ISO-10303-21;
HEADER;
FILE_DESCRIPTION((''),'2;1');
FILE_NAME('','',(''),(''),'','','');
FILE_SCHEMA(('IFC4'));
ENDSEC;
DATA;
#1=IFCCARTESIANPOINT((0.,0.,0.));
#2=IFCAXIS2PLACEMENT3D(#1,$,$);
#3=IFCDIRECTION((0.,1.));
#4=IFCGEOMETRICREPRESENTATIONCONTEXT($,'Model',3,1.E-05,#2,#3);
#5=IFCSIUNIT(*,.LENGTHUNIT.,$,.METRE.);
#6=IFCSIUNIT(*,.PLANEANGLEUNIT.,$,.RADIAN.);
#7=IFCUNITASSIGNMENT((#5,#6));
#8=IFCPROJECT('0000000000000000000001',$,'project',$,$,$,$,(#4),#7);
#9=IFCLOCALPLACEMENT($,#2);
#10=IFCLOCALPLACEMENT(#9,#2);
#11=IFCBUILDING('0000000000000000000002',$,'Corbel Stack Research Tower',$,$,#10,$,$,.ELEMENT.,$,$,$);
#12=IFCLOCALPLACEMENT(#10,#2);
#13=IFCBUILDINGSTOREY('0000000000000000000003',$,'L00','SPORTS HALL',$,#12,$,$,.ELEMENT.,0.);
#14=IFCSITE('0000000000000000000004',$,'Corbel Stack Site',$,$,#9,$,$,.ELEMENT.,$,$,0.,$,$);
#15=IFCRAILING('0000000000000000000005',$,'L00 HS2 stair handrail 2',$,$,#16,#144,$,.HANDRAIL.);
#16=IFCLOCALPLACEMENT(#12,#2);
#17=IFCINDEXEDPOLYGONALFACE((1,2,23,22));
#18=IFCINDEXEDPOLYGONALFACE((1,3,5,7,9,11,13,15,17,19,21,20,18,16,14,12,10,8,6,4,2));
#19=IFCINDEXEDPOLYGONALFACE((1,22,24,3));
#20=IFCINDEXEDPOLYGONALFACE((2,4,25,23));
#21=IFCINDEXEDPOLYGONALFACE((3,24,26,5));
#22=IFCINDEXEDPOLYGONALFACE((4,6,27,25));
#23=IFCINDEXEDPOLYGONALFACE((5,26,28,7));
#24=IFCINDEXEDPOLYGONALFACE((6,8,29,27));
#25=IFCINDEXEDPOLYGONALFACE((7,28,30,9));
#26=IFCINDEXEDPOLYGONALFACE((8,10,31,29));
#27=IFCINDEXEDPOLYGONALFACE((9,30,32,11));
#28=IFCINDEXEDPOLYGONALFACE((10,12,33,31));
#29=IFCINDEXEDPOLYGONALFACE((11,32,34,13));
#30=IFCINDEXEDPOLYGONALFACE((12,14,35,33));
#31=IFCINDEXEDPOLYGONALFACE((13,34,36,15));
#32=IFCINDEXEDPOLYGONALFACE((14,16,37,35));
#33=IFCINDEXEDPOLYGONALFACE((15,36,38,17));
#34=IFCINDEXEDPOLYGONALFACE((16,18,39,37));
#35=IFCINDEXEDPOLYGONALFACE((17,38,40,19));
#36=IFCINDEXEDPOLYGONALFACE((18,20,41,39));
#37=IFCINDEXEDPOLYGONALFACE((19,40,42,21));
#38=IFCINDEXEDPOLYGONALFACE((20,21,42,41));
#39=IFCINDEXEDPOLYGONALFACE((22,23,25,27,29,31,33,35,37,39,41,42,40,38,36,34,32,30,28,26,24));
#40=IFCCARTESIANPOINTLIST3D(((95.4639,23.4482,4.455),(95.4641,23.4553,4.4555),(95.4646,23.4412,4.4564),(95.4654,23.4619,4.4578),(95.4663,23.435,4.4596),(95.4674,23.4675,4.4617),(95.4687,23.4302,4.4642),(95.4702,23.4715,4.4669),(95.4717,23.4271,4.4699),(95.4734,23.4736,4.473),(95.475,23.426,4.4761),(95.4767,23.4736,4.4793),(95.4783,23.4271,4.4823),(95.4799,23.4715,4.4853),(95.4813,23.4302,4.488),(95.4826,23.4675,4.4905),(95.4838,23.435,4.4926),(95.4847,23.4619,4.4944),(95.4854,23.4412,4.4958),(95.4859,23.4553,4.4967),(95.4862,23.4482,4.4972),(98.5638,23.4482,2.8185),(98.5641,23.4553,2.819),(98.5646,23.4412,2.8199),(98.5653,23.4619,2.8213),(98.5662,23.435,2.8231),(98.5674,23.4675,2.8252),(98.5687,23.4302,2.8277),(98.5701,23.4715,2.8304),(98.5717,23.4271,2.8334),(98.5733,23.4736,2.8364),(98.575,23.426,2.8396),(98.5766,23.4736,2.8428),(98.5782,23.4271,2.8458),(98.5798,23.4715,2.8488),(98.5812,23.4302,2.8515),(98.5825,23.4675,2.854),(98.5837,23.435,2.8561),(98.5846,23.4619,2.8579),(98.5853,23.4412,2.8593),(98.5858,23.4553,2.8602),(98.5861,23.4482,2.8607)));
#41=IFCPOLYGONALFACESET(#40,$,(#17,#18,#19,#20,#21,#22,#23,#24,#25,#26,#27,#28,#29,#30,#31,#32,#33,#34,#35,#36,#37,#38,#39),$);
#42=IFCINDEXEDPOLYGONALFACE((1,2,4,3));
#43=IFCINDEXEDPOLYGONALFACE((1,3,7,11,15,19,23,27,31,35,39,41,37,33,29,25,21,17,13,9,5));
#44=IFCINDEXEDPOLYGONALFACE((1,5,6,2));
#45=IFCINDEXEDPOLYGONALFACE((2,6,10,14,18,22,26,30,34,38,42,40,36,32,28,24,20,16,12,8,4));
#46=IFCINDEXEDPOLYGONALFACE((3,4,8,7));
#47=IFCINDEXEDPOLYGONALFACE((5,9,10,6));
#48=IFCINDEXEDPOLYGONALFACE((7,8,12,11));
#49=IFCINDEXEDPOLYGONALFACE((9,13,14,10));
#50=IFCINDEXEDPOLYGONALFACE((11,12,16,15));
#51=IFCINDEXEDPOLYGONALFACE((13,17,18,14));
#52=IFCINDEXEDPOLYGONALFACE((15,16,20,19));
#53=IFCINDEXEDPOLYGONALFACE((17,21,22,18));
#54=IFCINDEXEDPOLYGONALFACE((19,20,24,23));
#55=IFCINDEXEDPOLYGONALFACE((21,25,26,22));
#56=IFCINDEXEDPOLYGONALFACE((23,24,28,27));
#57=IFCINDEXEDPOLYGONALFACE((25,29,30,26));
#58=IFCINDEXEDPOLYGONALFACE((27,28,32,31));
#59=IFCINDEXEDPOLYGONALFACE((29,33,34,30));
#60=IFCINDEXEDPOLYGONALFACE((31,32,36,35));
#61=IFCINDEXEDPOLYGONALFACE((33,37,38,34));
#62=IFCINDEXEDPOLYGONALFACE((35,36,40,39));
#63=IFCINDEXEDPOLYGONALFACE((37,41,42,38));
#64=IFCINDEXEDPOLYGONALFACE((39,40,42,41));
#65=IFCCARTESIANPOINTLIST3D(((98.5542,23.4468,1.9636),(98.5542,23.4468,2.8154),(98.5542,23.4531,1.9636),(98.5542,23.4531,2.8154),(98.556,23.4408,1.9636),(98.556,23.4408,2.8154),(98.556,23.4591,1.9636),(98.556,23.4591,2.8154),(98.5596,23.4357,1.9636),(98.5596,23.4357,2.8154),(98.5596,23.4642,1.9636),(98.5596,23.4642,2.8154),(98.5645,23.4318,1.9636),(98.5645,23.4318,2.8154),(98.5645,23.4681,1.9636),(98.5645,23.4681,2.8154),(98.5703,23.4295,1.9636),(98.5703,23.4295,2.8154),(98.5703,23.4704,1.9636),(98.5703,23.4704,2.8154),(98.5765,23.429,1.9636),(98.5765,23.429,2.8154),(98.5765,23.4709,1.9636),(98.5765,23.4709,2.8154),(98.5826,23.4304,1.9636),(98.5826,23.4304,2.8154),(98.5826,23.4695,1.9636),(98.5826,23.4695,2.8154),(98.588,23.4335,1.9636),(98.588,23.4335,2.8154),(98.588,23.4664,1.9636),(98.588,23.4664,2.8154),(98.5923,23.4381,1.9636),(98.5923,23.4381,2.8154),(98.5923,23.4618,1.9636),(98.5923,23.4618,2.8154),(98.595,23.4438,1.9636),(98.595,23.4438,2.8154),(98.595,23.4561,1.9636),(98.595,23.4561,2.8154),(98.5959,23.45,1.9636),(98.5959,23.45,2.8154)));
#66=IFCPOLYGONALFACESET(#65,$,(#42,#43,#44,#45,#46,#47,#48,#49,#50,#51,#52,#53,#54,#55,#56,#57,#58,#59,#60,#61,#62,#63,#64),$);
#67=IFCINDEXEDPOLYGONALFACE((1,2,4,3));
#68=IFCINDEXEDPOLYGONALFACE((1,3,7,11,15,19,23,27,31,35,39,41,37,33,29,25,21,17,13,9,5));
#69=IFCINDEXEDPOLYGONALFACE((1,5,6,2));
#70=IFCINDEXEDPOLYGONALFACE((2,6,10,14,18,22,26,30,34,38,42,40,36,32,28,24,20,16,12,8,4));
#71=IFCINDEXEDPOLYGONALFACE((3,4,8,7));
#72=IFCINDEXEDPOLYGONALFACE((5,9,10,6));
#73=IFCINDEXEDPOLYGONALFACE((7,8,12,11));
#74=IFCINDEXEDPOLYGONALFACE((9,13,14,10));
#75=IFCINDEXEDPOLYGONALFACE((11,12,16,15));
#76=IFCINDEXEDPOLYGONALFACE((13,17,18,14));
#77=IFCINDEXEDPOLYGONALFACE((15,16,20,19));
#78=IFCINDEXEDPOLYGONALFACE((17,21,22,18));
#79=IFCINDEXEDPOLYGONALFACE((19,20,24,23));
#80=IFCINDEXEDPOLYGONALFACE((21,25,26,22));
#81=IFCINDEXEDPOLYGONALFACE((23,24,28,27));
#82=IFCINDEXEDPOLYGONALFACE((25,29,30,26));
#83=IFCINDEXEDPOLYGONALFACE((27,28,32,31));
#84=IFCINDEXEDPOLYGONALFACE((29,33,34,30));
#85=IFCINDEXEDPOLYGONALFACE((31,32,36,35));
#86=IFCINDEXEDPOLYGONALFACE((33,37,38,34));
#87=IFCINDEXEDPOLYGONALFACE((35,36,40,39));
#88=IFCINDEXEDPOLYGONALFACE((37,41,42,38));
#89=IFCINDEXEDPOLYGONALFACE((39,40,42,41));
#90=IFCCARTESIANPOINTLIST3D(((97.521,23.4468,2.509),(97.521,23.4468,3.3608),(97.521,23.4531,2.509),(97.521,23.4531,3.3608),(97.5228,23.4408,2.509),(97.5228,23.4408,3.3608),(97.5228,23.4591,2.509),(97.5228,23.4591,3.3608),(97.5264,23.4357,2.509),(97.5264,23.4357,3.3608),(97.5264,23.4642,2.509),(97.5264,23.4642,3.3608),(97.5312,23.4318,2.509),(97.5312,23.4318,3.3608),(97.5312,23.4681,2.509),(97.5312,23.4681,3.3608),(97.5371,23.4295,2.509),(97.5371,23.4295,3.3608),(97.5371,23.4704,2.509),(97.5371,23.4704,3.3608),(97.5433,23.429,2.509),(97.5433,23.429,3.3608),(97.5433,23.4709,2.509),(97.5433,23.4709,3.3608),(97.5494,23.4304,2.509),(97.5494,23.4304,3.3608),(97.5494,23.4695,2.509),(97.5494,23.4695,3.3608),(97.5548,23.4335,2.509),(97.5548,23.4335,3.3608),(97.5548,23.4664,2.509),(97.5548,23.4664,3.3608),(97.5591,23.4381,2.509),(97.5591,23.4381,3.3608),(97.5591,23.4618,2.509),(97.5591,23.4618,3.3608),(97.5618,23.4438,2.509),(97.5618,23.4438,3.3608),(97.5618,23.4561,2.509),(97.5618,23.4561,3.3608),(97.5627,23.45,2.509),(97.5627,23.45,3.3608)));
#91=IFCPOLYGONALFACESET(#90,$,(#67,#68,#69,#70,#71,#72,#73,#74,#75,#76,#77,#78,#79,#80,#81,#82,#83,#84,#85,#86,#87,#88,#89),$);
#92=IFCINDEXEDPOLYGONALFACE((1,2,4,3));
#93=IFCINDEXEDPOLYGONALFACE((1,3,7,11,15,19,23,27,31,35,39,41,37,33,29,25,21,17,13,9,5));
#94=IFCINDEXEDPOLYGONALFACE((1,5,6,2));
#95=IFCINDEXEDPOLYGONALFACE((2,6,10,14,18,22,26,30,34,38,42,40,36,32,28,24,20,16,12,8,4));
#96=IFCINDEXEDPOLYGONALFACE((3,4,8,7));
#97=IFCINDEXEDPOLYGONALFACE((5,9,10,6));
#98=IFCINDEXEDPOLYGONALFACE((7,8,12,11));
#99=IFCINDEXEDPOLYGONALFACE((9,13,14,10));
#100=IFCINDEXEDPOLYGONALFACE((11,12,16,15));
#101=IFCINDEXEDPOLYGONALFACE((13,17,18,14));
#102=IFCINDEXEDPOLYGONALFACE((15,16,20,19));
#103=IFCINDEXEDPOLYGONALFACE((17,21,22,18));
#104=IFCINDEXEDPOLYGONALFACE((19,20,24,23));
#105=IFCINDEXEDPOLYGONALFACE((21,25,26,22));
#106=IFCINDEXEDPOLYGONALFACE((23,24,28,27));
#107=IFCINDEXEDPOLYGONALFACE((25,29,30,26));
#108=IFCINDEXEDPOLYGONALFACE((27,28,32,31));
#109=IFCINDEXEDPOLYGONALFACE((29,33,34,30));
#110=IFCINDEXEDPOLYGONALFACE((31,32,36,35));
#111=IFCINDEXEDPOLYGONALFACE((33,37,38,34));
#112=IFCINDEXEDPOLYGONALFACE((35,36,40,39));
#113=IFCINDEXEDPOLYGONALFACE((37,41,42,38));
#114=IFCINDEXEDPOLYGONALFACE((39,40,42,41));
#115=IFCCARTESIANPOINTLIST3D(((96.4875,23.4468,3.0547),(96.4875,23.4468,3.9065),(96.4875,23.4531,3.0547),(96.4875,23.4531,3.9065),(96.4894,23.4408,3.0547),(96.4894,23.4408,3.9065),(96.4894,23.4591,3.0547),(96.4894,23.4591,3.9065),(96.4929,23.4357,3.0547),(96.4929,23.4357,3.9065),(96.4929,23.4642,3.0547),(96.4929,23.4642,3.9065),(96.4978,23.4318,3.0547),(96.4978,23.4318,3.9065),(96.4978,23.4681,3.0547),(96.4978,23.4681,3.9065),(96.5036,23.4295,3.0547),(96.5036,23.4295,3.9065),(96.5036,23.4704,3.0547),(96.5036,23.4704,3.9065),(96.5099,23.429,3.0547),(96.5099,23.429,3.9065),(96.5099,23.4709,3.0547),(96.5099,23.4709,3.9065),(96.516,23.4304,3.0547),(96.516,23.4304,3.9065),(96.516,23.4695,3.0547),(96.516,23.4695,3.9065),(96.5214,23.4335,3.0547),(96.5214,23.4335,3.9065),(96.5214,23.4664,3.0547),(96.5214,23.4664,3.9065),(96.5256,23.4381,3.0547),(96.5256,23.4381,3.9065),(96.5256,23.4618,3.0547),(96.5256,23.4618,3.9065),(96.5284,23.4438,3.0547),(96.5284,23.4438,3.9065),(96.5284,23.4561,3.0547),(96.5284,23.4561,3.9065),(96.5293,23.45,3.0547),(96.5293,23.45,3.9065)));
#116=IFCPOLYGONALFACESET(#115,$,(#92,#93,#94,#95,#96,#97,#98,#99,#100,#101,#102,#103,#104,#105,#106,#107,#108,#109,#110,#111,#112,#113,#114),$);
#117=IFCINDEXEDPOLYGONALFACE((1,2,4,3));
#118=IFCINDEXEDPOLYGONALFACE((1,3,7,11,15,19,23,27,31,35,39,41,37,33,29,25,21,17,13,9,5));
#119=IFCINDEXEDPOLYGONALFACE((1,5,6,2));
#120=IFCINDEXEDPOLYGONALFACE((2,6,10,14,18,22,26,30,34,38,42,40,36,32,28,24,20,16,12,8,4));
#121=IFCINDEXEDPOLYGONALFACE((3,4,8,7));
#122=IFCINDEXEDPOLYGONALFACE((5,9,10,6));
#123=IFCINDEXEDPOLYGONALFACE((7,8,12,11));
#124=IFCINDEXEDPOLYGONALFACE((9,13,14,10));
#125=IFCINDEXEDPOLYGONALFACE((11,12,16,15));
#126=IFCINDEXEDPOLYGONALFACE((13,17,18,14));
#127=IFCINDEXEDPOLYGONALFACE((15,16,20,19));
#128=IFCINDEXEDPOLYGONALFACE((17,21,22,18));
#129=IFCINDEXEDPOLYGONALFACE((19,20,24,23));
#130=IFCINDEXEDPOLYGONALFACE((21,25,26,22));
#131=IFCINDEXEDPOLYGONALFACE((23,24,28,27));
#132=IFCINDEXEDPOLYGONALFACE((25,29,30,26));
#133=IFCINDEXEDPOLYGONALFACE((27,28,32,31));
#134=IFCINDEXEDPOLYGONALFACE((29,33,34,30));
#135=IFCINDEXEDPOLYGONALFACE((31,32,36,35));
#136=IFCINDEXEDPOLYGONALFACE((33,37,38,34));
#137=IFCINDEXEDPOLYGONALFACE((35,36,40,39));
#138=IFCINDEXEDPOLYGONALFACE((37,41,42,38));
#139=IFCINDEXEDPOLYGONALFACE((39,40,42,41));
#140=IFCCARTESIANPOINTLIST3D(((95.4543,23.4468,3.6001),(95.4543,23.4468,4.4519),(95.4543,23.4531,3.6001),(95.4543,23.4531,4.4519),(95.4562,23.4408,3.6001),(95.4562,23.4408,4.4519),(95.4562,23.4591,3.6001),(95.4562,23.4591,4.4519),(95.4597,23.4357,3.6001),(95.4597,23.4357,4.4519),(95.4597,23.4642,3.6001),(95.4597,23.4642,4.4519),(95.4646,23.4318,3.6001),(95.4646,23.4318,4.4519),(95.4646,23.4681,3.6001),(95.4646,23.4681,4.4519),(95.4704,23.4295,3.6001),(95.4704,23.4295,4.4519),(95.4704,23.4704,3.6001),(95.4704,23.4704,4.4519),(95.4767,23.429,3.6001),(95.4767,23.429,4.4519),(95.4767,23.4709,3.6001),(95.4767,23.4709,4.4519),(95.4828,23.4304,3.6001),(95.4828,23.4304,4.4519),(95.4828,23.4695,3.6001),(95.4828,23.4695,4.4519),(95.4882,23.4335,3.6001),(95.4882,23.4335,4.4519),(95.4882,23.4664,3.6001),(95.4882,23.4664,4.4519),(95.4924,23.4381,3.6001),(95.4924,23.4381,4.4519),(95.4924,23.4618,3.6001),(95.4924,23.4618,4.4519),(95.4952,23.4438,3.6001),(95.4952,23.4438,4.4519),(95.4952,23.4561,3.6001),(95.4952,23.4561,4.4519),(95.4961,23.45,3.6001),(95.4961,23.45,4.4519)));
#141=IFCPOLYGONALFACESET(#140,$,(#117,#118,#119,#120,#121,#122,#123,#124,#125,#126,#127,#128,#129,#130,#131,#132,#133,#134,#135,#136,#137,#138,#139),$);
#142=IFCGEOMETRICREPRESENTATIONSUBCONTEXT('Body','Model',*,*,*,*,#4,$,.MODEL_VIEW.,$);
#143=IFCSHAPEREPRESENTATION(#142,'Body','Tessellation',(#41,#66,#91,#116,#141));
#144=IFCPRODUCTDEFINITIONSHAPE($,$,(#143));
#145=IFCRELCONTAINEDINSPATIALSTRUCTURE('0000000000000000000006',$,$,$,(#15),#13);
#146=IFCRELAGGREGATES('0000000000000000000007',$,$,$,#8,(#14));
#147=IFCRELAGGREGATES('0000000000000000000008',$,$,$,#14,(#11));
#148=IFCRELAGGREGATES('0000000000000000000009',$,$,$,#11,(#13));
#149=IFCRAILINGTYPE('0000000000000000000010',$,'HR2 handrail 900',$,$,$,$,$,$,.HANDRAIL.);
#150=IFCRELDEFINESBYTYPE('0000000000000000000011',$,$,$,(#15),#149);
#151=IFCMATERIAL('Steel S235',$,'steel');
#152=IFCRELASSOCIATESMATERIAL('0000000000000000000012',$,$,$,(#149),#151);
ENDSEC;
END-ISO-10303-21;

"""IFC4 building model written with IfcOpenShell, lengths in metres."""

from ifc_helpers import new_model, si_unit, direction, frame, origin, origin_2d, place, context, subcontext, project, spatial, circle, extrude, material, type_object, element, save


model = new_model("IFC4")

# Units and contexts
model_context = context("Model", 3, precision=1e-05, world=origin(), true_north=direction((0.0, 1.0)))
body_context = subcontext(model_context, "Body", "Model", "MODEL_VIEW")
ifc_project = project(units=[si_unit("LENGTHUNIT", "METRE"), si_unit("PLANEANGLEUNIT", "RADIAN")], contexts=[model_context])

# Site, building, storey
site_placement = place(None, origin())
site = spatial("IfcSite", under=ifc_project, at=site_placement, Name="Corbel Stack Site", CompositionType="ELEMENT", RefElevation=0.0)
building_placement = place(site_placement, origin())
building = spatial("IfcBuilding", under=site, at=building_placement, Name="Corbel Stack Research Tower", CompositionType="ELEMENT")
storey_placement = place(building_placement, origin())
storey = spatial("IfcBuildingStorey", under=building, at=storey_placement, Name="L00", Description="SPORTS HALL", CompositionType="ELEMENT", Elevation=0.0)

# Railing
ifc_material_1 = material(Name="Steel S235", Category="steel")
railing_type_1 = type_object("IfcRailingType", Name="HR2 handrail 900", PredefinedType="HANDRAIL", material=ifc_material_1)
railing_1_placement = place(storey_placement, frame((98.575, 23.45, 1.9636)))
element("IfcRailing", 1, at=railing_1_placement, inside=storey, type_object=railing_type_1, Name="L00 HS2 stair handrail 2", PredefinedType="HANDRAIL", context=body_context, shape_type="SweptSolid", body=[
    extrude(circle(Radius=0.0239, at=origin_2d()), frame((0.0, 0.0, 0.876), z_axis=(-0.884333, 0.0, 0.466857), x_axis=(0.0, -1.0, 0.0)), (0.0, 0.0, 1.0), 3.5054),
    extrude(circle(Radius=0.021, at=origin_2d()), origin(), (0.0, 0.0, 1.0), 0.8518),
    extrude(circle(Radius=0.021, at=origin_2d()), frame((-1.0332, 0.0, 0.5454)), (0.0, 0.0, 1.0), 0.8518),
    extrude(circle(Radius=0.021, at=origin_2d()), frame((-2.0667, 0.0, 1.0911)), (0.0, 0.0, 1.0), 0.8518),
    extrude(circle(Radius=0.021, at=origin_2d()), frame((-3.0999, 0.0, 1.6365)), (0.0, 0.0, 1.0), 0.8518),
])

save(model, "model.ifc")
